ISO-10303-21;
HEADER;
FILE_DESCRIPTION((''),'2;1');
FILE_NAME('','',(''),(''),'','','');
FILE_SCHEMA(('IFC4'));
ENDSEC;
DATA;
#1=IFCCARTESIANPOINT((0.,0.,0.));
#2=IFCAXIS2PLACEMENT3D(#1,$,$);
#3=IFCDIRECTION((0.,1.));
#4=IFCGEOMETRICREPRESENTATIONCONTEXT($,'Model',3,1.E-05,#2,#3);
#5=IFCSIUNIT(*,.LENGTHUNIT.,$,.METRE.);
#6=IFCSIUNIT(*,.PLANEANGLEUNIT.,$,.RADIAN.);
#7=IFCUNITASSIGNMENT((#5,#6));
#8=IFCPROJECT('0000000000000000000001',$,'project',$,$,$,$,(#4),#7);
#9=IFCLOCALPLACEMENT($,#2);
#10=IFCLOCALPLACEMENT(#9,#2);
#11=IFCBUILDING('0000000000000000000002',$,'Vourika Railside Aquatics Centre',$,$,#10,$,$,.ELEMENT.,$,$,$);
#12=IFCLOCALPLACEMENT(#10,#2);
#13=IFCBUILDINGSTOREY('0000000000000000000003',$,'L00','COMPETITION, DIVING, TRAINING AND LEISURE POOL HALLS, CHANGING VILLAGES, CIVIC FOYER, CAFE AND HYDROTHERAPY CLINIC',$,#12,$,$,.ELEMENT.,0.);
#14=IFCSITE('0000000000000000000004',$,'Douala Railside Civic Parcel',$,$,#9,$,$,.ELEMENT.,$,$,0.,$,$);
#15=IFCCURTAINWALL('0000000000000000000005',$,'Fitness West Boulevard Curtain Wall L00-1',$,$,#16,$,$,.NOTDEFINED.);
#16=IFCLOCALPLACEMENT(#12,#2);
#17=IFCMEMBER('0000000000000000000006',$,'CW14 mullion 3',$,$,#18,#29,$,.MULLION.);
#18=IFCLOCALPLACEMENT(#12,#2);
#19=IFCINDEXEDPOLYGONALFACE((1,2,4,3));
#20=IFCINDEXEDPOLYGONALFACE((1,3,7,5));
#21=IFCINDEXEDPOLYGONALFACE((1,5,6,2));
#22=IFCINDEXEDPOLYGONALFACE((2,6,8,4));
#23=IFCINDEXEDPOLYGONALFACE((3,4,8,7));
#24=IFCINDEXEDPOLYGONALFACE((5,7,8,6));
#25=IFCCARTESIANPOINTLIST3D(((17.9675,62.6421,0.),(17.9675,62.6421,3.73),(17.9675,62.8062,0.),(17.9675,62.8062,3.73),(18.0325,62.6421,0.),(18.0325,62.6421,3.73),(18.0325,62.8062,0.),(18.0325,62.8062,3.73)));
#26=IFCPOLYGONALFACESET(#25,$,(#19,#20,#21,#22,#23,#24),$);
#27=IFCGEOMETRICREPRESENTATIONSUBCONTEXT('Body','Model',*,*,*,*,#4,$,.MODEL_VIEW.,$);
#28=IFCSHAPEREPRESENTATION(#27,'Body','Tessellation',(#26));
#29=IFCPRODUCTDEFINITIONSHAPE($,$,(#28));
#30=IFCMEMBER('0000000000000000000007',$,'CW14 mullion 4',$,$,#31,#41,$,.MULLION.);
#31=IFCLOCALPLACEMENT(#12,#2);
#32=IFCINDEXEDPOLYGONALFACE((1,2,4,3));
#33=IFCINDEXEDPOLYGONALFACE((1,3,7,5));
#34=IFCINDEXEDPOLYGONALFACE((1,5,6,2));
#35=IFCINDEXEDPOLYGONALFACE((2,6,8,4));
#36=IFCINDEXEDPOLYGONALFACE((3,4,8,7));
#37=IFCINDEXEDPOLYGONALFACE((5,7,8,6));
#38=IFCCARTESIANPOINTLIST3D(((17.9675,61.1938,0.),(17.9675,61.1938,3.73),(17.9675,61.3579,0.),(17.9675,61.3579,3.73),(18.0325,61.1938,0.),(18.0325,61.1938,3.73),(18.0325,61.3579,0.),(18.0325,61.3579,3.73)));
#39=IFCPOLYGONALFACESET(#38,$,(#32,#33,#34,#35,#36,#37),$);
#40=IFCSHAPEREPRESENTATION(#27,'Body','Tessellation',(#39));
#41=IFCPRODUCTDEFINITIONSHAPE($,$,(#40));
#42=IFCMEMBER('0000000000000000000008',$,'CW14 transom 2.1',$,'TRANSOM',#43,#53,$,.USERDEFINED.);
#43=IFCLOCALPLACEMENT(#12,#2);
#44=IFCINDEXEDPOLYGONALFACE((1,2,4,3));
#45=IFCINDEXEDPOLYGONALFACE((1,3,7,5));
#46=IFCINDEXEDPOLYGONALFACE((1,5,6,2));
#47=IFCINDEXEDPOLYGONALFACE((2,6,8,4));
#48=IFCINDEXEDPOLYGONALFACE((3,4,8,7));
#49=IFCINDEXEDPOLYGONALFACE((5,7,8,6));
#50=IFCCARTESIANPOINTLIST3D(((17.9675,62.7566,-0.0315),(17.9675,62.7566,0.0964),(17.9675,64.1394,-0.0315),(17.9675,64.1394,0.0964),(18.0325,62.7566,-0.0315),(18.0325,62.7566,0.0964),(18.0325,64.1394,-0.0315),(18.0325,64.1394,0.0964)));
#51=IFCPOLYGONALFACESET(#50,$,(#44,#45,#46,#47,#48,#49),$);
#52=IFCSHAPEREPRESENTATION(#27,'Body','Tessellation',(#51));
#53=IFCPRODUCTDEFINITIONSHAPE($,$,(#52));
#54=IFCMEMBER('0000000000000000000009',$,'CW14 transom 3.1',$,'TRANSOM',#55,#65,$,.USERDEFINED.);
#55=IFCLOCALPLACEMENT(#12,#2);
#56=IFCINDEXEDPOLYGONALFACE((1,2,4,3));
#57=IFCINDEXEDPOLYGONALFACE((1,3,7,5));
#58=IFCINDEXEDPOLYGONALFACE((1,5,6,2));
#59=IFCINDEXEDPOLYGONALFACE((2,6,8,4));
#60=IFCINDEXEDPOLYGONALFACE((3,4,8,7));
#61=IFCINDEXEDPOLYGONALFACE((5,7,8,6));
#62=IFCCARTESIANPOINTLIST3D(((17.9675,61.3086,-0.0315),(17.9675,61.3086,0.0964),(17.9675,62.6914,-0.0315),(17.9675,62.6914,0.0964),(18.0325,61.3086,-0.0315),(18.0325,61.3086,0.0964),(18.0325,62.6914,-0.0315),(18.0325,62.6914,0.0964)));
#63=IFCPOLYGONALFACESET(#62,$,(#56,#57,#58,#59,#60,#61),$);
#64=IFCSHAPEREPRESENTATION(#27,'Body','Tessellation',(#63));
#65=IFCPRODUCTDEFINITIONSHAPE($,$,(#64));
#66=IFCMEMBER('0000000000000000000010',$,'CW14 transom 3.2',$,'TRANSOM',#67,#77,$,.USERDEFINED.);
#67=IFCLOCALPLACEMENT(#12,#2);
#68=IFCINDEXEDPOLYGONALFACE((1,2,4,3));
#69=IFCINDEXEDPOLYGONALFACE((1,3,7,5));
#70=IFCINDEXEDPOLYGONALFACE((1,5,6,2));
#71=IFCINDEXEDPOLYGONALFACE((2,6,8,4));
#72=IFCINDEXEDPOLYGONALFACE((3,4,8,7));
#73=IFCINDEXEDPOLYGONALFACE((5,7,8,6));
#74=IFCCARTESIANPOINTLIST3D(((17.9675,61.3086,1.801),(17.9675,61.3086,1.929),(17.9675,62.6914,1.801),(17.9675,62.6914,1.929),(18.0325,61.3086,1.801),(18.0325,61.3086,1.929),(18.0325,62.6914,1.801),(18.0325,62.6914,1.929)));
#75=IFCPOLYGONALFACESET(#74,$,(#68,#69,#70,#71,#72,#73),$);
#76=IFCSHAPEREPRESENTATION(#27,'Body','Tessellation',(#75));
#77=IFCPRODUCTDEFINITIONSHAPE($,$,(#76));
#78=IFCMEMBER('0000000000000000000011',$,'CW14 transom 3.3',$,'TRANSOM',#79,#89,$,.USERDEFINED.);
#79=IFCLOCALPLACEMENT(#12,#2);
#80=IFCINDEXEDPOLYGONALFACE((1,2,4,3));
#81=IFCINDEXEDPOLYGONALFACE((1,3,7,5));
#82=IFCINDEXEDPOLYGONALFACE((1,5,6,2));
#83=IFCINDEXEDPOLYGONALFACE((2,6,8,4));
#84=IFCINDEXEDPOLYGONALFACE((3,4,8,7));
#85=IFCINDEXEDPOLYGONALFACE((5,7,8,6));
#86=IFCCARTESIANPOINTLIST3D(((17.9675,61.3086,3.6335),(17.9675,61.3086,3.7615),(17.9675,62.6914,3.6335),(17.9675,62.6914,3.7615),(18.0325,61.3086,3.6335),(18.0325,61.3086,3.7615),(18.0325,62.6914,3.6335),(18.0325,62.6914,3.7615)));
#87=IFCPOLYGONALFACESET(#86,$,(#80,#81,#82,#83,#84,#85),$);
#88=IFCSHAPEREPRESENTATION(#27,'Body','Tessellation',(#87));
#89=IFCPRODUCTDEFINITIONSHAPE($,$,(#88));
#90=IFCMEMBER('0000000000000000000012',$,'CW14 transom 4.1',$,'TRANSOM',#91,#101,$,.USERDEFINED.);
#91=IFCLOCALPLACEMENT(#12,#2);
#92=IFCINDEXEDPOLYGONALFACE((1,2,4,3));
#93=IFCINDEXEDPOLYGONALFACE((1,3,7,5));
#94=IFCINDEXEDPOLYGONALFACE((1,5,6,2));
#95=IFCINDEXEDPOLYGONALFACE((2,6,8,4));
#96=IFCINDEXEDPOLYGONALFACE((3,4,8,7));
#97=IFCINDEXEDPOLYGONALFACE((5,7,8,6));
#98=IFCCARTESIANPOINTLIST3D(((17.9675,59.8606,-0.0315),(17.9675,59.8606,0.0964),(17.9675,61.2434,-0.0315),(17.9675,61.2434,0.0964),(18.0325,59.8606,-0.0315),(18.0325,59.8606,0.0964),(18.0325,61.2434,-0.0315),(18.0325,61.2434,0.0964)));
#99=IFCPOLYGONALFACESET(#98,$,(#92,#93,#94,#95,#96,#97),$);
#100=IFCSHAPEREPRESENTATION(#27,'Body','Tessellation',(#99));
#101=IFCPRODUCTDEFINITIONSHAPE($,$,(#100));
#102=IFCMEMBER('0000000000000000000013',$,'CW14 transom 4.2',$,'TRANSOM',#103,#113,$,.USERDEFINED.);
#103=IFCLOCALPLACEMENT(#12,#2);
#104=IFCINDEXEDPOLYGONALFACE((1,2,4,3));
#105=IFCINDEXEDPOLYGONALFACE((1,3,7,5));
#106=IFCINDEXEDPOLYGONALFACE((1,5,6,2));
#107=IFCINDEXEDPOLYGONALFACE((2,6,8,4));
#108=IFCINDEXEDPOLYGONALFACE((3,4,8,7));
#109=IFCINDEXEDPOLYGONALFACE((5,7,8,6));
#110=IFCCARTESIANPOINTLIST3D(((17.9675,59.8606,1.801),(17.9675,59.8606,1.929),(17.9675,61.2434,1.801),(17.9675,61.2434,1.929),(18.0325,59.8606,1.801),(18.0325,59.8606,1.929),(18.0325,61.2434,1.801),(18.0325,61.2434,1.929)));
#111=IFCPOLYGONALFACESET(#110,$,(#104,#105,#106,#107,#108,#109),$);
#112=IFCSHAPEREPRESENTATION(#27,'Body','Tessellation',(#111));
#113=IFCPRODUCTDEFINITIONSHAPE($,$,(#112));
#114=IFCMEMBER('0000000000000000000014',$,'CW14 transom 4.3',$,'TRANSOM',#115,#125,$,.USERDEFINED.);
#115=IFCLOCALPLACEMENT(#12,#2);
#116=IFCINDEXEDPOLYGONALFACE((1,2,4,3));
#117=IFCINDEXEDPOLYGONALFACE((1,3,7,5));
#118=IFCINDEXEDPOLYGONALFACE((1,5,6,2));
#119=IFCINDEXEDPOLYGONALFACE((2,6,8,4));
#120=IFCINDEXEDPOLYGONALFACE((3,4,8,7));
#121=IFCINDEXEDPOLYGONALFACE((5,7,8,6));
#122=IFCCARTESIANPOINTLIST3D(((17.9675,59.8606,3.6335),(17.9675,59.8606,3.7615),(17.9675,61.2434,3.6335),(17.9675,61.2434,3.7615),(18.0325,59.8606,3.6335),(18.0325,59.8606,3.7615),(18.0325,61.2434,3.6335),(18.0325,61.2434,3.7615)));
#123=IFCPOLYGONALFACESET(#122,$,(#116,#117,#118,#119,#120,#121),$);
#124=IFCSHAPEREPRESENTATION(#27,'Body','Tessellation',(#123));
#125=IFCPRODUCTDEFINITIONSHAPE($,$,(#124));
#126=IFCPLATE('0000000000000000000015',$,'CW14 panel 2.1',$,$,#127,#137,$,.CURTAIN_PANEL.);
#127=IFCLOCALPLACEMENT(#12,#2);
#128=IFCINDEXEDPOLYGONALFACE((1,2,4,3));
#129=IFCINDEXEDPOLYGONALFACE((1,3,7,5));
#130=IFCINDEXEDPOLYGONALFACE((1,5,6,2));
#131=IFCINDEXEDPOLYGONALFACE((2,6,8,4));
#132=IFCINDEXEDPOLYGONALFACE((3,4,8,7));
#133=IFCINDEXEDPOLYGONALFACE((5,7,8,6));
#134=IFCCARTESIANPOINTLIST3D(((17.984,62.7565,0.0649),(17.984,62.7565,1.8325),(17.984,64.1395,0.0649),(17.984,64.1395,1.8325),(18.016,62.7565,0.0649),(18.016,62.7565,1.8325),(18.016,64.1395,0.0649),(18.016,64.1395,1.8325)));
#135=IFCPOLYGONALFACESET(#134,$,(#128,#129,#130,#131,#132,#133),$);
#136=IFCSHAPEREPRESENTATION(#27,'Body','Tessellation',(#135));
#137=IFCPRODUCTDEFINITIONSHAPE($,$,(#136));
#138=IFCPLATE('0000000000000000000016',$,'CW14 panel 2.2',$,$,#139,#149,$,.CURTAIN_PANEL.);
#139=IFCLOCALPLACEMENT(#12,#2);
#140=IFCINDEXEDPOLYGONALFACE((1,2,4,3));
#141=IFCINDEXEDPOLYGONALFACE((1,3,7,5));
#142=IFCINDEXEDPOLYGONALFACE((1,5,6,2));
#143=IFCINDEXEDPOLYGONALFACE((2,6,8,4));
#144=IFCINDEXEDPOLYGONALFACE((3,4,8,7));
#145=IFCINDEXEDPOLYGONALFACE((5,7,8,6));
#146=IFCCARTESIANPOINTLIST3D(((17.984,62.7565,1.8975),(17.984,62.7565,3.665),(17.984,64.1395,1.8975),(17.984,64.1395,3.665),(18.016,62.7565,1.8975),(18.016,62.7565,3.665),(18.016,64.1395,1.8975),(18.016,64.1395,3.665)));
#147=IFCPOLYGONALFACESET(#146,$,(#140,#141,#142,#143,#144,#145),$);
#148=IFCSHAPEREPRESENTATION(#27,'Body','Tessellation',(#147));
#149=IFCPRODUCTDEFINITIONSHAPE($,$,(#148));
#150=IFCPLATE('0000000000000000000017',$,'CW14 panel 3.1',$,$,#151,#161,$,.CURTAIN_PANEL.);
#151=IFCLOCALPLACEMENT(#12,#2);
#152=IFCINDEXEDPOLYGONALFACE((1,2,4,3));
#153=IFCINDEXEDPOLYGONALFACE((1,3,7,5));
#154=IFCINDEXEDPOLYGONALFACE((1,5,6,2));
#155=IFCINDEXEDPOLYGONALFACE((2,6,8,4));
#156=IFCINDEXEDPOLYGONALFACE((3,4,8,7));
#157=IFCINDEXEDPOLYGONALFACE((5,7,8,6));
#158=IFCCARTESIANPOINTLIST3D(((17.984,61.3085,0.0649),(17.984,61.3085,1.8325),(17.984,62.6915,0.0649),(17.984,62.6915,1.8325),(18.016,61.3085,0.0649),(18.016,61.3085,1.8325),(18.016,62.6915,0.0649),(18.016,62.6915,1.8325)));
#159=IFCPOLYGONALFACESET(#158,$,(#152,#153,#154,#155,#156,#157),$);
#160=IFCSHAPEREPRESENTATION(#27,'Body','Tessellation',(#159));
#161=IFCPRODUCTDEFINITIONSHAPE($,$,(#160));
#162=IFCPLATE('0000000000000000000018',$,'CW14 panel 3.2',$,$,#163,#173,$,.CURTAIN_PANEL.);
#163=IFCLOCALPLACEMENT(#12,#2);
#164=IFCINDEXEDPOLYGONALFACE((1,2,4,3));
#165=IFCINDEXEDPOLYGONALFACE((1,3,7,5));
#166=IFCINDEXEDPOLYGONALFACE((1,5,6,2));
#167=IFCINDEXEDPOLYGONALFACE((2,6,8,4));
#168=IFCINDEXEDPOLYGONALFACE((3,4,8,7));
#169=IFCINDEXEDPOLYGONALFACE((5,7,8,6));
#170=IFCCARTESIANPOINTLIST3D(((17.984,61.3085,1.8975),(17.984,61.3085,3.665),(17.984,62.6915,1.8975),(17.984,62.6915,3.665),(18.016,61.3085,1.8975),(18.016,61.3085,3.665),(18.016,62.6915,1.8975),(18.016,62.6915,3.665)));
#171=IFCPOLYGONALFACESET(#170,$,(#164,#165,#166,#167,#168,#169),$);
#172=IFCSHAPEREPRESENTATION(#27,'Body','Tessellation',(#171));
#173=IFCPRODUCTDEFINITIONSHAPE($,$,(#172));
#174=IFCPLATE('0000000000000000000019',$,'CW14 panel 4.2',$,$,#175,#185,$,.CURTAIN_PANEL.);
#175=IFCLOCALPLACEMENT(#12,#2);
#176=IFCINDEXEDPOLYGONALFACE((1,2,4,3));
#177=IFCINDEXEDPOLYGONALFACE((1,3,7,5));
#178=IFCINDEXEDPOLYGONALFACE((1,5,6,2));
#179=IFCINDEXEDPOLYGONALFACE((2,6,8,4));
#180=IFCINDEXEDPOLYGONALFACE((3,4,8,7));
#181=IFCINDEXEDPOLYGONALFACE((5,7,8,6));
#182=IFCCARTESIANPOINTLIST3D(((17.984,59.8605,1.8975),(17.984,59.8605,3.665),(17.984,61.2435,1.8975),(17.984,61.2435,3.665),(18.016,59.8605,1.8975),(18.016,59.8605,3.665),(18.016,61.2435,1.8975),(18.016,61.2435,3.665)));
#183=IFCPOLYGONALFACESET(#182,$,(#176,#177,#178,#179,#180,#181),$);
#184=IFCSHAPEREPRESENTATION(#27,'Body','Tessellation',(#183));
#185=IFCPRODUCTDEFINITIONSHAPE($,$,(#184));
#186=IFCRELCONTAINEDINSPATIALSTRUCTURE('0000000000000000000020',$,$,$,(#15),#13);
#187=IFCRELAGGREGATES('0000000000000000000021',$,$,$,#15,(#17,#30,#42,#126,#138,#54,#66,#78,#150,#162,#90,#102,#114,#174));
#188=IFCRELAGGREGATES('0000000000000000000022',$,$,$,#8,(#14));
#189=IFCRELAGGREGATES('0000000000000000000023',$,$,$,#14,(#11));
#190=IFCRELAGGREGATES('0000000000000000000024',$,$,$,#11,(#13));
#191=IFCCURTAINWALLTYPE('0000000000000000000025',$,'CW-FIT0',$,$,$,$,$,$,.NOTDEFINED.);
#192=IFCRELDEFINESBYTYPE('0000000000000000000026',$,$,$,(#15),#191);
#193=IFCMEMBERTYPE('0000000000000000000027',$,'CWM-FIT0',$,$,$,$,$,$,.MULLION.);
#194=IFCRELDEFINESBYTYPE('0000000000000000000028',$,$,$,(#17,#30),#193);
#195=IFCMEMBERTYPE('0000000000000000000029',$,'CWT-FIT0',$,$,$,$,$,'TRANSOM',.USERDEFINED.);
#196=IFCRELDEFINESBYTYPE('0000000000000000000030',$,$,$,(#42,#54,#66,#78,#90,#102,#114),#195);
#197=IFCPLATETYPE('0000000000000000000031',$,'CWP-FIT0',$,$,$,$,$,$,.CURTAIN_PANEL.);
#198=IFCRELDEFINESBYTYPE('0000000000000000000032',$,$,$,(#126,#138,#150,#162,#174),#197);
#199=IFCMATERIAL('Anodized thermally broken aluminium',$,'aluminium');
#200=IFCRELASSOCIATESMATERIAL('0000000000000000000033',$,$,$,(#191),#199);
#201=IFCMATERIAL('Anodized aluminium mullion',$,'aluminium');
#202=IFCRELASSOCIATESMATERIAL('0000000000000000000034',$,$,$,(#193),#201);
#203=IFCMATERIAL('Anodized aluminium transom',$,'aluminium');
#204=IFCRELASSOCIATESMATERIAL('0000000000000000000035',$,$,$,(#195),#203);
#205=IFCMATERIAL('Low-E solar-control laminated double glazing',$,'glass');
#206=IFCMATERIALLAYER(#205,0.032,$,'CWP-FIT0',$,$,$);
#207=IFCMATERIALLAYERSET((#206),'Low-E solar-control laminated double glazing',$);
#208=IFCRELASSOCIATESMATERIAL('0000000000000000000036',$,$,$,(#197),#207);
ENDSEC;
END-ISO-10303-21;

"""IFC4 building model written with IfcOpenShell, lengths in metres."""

from ifc_helpers import new_model, si_unit, direction, frame, origin, origin_2d, place, context, subcontext, project, spatial, rectangle, extrude, material, layer, layer_set, material_profile, profile_set, type_object, element, aggregate, save


model = new_model("IFC4")

# Units and contexts
model_context = context("Model", 3, precision=1e-05, world=origin(), true_north=direction((0.0, 1.0)))
body_context = subcontext(model_context, "Body", "Model", "MODEL_VIEW")
ifc_project = project(units=[si_unit("LENGTHUNIT", "METRE"), si_unit("PLANEANGLEUNIT", "RADIAN")], contexts=[model_context])

# Site, building, storey
site_placement = place(None, origin())
site = spatial("IfcSite", under=ifc_project, at=site_placement, Name="Douala Railside Civic Parcel", CompositionType="ELEMENT", RefElevation=0.0)
building_placement = place(site_placement, origin())
building = spatial("IfcBuilding", under=site, at=building_placement, Name="Vourika Railside Aquatics Centre", CompositionType="ELEMENT")
storey_placement = place(building_placement, origin())
storey = spatial("IfcBuildingStorey", under=building, at=storey_placement, Name="L00", Description="COMPETITION, DIVING, TRAINING AND LEISURE POOL HALLS, CHANGING VILLAGES, CIVIC FOYER, CAFE AND HYDROTHERAPY CLINIC", CompositionType="ELEMENT", Elevation=0.0)

# Curtain wall, members, plates
ifc_material_1 = material(Name="Anodized thermally broken aluminium", Category="aluminium")
curtain_wall_type = type_object("IfcCurtainWallType", Name="CW-FIT0", PredefinedType="NOTDEFINED", material=ifc_material_1)
curtain_wall_placement = place(storey_placement, origin())
curtain_wall = element("IfcCurtainWall", 1, at=curtain_wall_placement, inside=storey, type_object=curtain_wall_type, Name="Fitness West Boulevard Curtain Wall L00-1", PredefinedType="NOTDEFINED")
ifc_material_2 = material(Name="Anodized aluminium mullion", Category="aluminium")
ifc_material_profile_1 = material_profile(ifc_material_2, rectangle(XDim=0.0649, YDim=0.1641, at=origin_2d()), Name="ALU-M 65x164")
ifc_profile_set_1 = profile_set([ifc_material_profile_1], Name="Anodized aluminium mullion")
member_type_1 = type_object("IfcMemberType", Name="CWM-FIT0", PredefinedType="MULLION", material=ifc_profile_set_1)
member_1_placement = place(storey_placement, frame((18.0, 62.7241, 0.0), z_axis=(0.0, 0.0, 1.0), x_axis=(1.0, 0.0, 0.0)))
member_1 = element("IfcMember", 2, at=member_1_placement, type_object=member_type_1, Name="CW14 mullion 3", PredefinedType="MULLION", context=body_context, shape_type="SweptSolid", body=[
    extrude(rectangle(XDim=0.0649, YDim=0.1641, at=origin_2d()), origin(), (0.0, 0.0, 1.0), 3.73),
])
member_2_placement = place(storey_placement, frame((18.0, 61.2759, 0.0), z_axis=(0.0, 0.0, 1.0), x_axis=(1.0, 0.0, 0.0)))
member_2 = element("IfcMember", 3, at=member_2_placement, type_object=member_type_1, Name="CW14 mullion 4", PredefinedType="MULLION", context=body_context, shape_type="SweptSolid", body=[
    extrude(rectangle(XDim=0.0649, YDim=0.1641, at=origin_2d()), origin(), (0.0, 0.0, 1.0), 3.73),
])
ifc_material_3 = material(Name="Anodized aluminium transom", Category="aluminium")
ifc_material_profile_2 = material_profile(ifc_material_3, rectangle(XDim=0.0649, YDim=0.1279, at=origin_2d()), Name="ALU-T 65x128")
ifc_profile_set_2 = profile_set([ifc_material_profile_2], Name="Anodized aluminium transom")
member_type_2 = type_object("IfcMemberType", Name="CWT-FIT0", ElementType="TRANSOM", PredefinedType="USERDEFINED", material=ifc_profile_set_2)
member_3_placement = place(storey_placement, frame((18.0, 64.1394, 0.0325), z_axis=(0.0, -1.0, 0.0), x_axis=(1.0, 0.0, 0.0)))
member_3 = element("IfcMember", 4, at=member_3_placement, type_object=member_type_2, Name="CW14 transom 2.1", ObjectType="TRANSOM", PredefinedType="USERDEFINED", context=body_context, shape_type="SweptSolid", body=[
    extrude(rectangle(XDim=0.0649, YDim=0.1279, at=origin_2d()), origin(), (0.0, 0.0, 1.0), 1.3828),
])
member_4_placement = place(storey_placement, frame((18.0, 62.6914, 0.0325), z_axis=(0.0, -1.0, 0.0), x_axis=(1.0, 0.0, 0.0)))
member_4 = element("IfcMember", 5, at=member_4_placement, type_object=member_type_2, Name="CW14 transom 3.1", ObjectType="TRANSOM", PredefinedType="USERDEFINED", context=body_context, shape_type="SweptSolid", body=[
    extrude(rectangle(XDim=0.0649, YDim=0.1279, at=origin_2d()), origin(), (0.0, 0.0, 1.0), 1.3828),
])
member_5_placement = place(storey_placement, frame((18.0, 62.6914, 1.865), z_axis=(0.0, -1.0, 0.0), x_axis=(1.0, 0.0, 0.0)))
member_5 = element("IfcMember", 6, at=member_5_placement, type_object=member_type_2, Name="CW14 transom 3.2", ObjectType="TRANSOM", PredefinedType="USERDEFINED", context=body_context, shape_type="SweptSolid", body=[
    extrude(rectangle(XDim=0.0649, YDim=0.1279, at=origin_2d()), origin(), (0.0, 0.0, 1.0), 1.3828),
])
member_6_placement = place(storey_placement, frame((18.0, 62.6914, 3.6975), z_axis=(0.0, -1.0, 0.0), x_axis=(1.0, 0.0, 0.0)))
member_6 = element("IfcMember", 7, at=member_6_placement, type_object=member_type_2, Name="CW14 transom 3.3", ObjectType="TRANSOM", PredefinedType="USERDEFINED", context=body_context, shape_type="SweptSolid", body=[
    extrude(rectangle(XDim=0.0649, YDim=0.1279, at=origin_2d()), origin(), (0.0, 0.0, 1.0), 1.3828),
])
member_7_placement = place(storey_placement, frame((18.0, 61.2434, 0.0325), z_axis=(0.0, -1.0, 0.0), x_axis=(1.0, 0.0, 0.0)))
member_7 = element("IfcMember", 8, at=member_7_placement, type_object=member_type_2, Name="CW14 transom 4.1", ObjectType="TRANSOM", PredefinedType="USERDEFINED", context=body_context, shape_type="SweptSolid", body=[
    extrude(rectangle(XDim=0.0649, YDim=0.1279, at=origin_2d()), origin(), (0.0, 0.0, 1.0), 1.3828),
])
member_8_placement = place(storey_placement, frame((18.0, 61.2434, 1.865), z_axis=(0.0, -1.0, 0.0), x_axis=(1.0, 0.0, 0.0)))
member_8 = element("IfcMember", 9, at=member_8_placement, type_object=member_type_2, Name="CW14 transom 4.2", ObjectType="TRANSOM", PredefinedType="USERDEFINED", context=body_context, shape_type="SweptSolid", body=[
    extrude(rectangle(XDim=0.0649, YDim=0.1279, at=origin_2d()), origin(), (0.0, 0.0, 1.0), 1.3828),
])
member_9_placement = place(storey_placement, frame((18.0, 61.2434, 3.6975), z_axis=(0.0, -1.0, 0.0), x_axis=(1.0, 0.0, 0.0)))
member_9 = element("IfcMember", 10, at=member_9_placement, type_object=member_type_2, Name="CW14 transom 4.3", ObjectType="TRANSOM", PredefinedType="USERDEFINED", context=body_context, shape_type="SweptSolid", body=[
    extrude(rectangle(XDim=0.0649, YDim=0.1279, at=origin_2d()), origin(), (0.0, 0.0, 1.0), 1.3828),
])
ifc_material_4 = material(Name="Low-E solar-control laminated double glazing", Category="glass")
ifc_layer = layer(ifc_material_4, 0.032, Name="CWP-FIT0")
ifc_layer_set = layer_set([ifc_layer], Name="Low-E solar-control laminated double glazing")
plate_type = type_object("IfcPlateType", Name="CWP-FIT0", PredefinedType="CURTAIN_PANEL", material=ifc_layer_set)
plate_1_placement = place(storey_placement, frame((18.0, 63.448, 0.0649), z_axis=(0.0, 0.0, 1.0), x_axis=(0.0, -1.0, 0.0)))
plate_1 = element("IfcPlate", 11, at=plate_1_placement, type_object=plate_type, Name="CW14 panel 2.1", PredefinedType="CURTAIN_PANEL", context=body_context, shape_type="SweptSolid", body=[
    extrude(rectangle(XDim=1.3831, YDim=0.032, at=origin_2d()), origin(), (0.0, 0.0, 1.0), 1.7676),
])
plate_2_placement = place(storey_placement, frame((18.0, 63.448, 1.8975), z_axis=(0.0, 0.0, 1.0), x_axis=(0.0, -1.0, 0.0)))
plate_2 = element("IfcPlate", 12, at=plate_2_placement, type_object=plate_type, Name="CW14 panel 2.2", PredefinedType="CURTAIN_PANEL", context=body_context, shape_type="SweptSolid", body=[
    extrude(rectangle(XDim=1.3831, YDim=0.032, at=origin_2d()), origin(), (0.0, 0.0, 1.0), 1.7676),
])
plate_3_placement = place(storey_placement, frame((18.0, 62.0, 0.0649), z_axis=(0.0, 0.0, 1.0), x_axis=(0.0, -1.0, 0.0)))
plate_3 = element("IfcPlate", 13, at=plate_3_placement, type_object=plate_type, Name="CW14 panel 3.1", PredefinedType="CURTAIN_PANEL", context=body_context, shape_type="SweptSolid", body=[
    extrude(rectangle(XDim=1.3831, YDim=0.032, at=origin_2d()), origin(), (0.0, 0.0, 1.0), 1.7676),
])
plate_4_placement = place(storey_placement, frame((18.0, 62.0, 1.8975), z_axis=(0.0, 0.0, 1.0), x_axis=(0.0, -1.0, 0.0)))
plate_4 = element("IfcPlate", 14, at=plate_4_placement, type_object=plate_type, Name="CW14 panel 3.2", PredefinedType="CURTAIN_PANEL", context=body_context, shape_type="SweptSolid", body=[
    extrude(rectangle(XDim=1.3831, YDim=0.032, at=origin_2d()), origin(), (0.0, 0.0, 1.0), 1.7676),
])
plate_5_placement = place(storey_placement, frame((18.0, 60.552, 1.8975), z_axis=(0.0, 0.0, 1.0), x_axis=(0.0, -1.0, 0.0)))
plate_5 = element("IfcPlate", 15, at=plate_5_placement, type_object=plate_type, Name="CW14 panel 4.2", PredefinedType="CURTAIN_PANEL", context=body_context, shape_type="SweptSolid", body=[
    extrude(rectangle(XDim=1.3831, YDim=0.032, at=origin_2d()), origin(), (0.0, 0.0, 1.0), 1.7676),
])
aggregate(curtain_wall, [member_1, member_2, member_3, plate_1, plate_2, member_4, member_5, member_6, plate_3, plate_4, member_7, member_8, member_9, plate_5])

save(model, "model.ifc")
